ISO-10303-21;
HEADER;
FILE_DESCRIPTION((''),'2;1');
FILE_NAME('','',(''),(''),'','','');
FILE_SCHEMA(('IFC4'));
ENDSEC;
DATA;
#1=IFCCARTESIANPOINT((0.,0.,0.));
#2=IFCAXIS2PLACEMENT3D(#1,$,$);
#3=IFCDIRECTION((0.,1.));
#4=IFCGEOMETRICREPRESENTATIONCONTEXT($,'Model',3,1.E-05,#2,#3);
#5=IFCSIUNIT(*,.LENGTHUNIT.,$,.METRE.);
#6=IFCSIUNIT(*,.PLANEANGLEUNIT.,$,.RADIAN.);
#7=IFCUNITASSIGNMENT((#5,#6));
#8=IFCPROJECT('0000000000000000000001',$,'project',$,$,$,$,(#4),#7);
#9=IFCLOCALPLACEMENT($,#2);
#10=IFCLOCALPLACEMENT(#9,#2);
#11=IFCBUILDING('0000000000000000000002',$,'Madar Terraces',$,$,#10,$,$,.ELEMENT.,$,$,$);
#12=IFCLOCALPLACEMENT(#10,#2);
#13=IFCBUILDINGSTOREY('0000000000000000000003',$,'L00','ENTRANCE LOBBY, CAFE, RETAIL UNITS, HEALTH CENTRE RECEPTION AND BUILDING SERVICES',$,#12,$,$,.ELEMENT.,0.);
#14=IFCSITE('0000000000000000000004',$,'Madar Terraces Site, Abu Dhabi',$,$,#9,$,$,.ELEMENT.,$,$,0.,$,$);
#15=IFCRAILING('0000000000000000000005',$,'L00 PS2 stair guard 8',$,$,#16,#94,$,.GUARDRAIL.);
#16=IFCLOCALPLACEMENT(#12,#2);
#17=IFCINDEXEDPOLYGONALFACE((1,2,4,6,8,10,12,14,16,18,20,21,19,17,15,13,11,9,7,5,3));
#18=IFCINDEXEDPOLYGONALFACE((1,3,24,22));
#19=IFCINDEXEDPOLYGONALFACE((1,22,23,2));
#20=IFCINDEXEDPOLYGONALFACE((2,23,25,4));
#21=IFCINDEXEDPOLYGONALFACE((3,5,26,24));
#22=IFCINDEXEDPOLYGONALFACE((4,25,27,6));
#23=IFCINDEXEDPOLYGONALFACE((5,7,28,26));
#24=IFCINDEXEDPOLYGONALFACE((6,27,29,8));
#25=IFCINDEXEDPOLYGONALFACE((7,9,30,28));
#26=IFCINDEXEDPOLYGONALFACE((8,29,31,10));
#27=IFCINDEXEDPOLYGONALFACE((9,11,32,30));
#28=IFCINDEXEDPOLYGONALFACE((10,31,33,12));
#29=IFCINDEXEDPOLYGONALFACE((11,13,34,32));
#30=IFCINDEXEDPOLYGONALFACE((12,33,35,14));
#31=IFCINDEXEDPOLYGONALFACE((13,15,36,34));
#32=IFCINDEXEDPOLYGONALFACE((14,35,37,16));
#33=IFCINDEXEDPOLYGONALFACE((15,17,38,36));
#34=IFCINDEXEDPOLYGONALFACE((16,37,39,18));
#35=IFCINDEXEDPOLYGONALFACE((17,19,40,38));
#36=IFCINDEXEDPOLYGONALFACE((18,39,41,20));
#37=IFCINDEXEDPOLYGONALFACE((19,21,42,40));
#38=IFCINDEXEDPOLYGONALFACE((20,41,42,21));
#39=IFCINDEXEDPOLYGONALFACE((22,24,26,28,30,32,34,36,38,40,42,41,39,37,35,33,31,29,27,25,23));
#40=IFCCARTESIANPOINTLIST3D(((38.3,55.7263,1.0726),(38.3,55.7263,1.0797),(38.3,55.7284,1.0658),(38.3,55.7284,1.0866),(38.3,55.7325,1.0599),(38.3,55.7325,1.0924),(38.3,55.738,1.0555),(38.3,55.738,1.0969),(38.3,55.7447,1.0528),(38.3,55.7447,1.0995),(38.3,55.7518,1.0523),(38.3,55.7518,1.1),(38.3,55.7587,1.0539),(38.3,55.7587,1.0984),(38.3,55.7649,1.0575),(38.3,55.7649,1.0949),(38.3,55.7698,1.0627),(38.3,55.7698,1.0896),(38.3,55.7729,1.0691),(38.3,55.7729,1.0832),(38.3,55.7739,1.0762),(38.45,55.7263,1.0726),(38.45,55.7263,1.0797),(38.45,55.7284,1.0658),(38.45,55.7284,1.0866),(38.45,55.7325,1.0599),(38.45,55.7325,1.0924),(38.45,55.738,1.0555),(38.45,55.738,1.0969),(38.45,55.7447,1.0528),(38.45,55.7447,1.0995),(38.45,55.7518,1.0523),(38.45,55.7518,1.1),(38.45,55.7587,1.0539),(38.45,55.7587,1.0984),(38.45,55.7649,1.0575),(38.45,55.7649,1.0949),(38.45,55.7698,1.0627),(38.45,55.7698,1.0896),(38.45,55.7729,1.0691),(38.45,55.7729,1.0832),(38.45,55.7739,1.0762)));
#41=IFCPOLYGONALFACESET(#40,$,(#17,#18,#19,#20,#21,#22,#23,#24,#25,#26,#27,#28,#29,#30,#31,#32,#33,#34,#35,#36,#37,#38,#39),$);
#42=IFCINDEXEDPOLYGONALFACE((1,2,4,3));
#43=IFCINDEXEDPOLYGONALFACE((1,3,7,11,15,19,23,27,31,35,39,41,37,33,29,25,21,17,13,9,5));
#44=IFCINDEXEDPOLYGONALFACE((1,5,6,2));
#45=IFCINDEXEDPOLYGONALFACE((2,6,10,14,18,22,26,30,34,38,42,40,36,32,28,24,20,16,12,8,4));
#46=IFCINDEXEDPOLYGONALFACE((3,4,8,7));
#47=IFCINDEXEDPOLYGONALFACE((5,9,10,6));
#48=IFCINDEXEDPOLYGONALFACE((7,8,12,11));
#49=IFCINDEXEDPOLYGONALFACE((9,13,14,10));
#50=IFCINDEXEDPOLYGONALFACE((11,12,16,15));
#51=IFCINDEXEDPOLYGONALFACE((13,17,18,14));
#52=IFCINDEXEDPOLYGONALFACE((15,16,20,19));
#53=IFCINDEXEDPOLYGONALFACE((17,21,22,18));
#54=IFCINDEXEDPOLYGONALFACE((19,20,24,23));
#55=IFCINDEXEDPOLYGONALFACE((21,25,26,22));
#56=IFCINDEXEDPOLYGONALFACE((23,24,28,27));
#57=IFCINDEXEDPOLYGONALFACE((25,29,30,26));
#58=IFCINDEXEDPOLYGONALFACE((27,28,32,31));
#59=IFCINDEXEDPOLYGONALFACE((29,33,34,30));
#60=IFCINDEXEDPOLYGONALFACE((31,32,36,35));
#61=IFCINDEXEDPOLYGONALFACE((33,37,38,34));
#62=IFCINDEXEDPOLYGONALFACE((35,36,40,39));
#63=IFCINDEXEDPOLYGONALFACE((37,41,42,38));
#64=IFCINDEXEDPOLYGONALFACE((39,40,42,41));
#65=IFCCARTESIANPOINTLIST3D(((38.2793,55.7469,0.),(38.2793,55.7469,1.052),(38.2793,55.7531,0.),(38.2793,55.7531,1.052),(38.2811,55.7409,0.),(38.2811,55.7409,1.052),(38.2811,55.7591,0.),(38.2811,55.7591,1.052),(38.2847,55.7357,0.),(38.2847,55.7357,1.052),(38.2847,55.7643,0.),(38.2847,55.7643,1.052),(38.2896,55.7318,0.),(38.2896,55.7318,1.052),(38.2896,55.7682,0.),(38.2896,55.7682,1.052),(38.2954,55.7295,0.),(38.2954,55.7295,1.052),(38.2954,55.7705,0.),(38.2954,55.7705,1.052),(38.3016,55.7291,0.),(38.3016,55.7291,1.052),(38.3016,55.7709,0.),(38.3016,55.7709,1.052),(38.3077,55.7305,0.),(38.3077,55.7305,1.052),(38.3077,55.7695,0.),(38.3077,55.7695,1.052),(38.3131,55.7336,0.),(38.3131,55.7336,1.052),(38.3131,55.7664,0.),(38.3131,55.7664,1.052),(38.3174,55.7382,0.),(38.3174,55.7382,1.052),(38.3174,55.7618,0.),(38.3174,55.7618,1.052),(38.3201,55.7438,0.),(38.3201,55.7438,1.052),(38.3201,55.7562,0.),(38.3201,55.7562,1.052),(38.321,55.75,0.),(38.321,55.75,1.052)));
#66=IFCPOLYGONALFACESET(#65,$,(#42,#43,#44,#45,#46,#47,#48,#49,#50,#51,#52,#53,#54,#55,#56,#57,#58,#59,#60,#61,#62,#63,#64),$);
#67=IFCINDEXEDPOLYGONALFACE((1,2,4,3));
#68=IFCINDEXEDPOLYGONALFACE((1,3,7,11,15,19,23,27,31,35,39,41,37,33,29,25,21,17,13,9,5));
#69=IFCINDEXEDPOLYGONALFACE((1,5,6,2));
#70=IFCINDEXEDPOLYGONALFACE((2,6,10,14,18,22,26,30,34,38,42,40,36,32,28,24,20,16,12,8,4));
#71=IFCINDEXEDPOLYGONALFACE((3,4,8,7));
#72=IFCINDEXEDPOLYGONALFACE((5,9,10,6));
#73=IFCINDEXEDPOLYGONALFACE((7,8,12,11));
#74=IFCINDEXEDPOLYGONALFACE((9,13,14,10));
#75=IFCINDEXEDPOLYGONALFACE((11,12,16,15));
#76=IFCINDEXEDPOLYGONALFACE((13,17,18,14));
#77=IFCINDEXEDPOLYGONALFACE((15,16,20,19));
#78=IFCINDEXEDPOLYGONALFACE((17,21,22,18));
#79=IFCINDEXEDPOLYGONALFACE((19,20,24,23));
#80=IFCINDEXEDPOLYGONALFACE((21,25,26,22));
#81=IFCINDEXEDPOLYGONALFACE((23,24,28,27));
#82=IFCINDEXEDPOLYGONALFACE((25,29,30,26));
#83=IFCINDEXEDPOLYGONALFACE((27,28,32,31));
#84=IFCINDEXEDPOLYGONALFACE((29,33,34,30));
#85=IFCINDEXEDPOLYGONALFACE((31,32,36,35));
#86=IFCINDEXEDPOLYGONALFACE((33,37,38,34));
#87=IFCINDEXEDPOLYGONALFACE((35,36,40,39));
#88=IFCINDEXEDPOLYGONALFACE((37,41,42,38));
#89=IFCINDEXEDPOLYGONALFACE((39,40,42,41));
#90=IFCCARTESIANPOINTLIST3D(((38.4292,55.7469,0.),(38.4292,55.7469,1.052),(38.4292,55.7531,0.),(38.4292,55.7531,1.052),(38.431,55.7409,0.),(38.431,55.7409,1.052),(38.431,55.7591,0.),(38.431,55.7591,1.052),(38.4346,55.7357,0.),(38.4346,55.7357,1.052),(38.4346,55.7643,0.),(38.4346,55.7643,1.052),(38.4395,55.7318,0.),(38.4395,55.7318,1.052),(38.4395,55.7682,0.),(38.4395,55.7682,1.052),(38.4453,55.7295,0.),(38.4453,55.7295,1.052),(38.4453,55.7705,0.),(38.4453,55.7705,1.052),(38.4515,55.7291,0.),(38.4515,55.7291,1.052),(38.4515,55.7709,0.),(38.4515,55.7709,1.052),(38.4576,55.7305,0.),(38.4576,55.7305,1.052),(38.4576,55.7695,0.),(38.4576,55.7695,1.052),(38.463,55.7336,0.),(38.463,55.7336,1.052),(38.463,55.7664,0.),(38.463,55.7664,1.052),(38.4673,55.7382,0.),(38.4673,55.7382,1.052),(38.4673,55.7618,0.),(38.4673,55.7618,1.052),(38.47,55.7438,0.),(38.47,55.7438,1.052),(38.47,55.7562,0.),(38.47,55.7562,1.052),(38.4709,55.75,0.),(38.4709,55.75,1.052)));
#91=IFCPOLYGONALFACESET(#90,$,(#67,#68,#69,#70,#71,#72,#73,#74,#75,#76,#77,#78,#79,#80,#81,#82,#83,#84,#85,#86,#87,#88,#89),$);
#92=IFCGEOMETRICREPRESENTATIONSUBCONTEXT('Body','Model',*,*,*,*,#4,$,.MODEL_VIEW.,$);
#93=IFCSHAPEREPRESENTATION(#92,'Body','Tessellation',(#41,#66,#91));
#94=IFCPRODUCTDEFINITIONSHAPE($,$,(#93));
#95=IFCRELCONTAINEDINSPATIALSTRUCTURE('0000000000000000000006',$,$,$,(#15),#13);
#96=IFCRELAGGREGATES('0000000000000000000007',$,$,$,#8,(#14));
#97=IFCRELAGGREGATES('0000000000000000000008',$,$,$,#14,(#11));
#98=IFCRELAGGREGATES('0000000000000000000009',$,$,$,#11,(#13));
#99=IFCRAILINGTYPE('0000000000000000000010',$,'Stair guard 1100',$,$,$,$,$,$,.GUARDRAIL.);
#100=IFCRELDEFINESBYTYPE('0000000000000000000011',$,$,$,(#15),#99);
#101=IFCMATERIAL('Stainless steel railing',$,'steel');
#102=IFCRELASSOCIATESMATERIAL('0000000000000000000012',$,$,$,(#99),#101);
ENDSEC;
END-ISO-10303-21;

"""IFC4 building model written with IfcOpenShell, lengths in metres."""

from ifc_helpers import new_model, si_unit, direction, frame, origin, origin_2d, place, context, subcontext, project, spatial, circle, extrude, material, type_object, element, save


model = new_model("IFC4")

# Units and contexts
model_context = context("Model", 3, precision=1e-05, world=origin(), true_north=direction((0.0, 1.0)))
body_context = subcontext(model_context, "Body", "Model", "MODEL_VIEW")
ifc_project = project(units=[si_unit("LENGTHUNIT", "METRE"), si_unit("PLANEANGLEUNIT", "RADIAN")], contexts=[model_context])

# Site, building, storey
site_placement = place(None, origin())
site = spatial("IfcSite", under=ifc_project, at=site_placement, Name="Madar Terraces Site, Abu Dhabi", CompositionType="ELEMENT", RefElevation=0.0)
building_placement = place(site_placement, origin())
building = spatial("IfcBuilding", under=site, at=building_placement, Name="Madar Terraces", CompositionType="ELEMENT")
storey_placement = place(building_placement, origin())
storey = spatial("IfcBuildingStorey", under=building, at=storey_placement, Name="L00", Description="ENTRANCE LOBBY, CAFE, RETAIL UNITS, HEALTH CENTRE RECEPTION AND BUILDING SERVICES", CompositionType="ELEMENT", Elevation=0.0)

# Railing
ifc_material_1 = material(Name="Stainless steel railing", Category="steel")
railing_type_1 = type_object("IfcRailingType", Name="Stair guard 1100", PredefinedType="GUARDRAIL", material=ifc_material_1)
railing_1_placement = place(storey_placement, frame((38.3, 55.75, 0.0)))
element("IfcRailing", 1, at=railing_1_placement, inside=storey, type_object=railing_type_1, Name="L00 PS2 stair guard 8", PredefinedType="GUARDRAIL", context=body_context, shape_type="SweptSolid", body=[
    extrude(circle(Radius=0.0239, at=origin_2d()), frame((0.0, 0.0, 1.0762), z_axis=(1.0, 0.0, 0.0), x_axis=(0.0, 1.0, 0.0)), (0.0, 0.0, 1.0), 0.1499),
    extrude(circle(Radius=0.021, at=origin_2d()), origin(), (0.0, 0.0, 1.0), 1.052),
    extrude(circle(Radius=0.021, at=origin_2d()), frame((0.1499, 0.0, 0.0)), (0.0, 0.0, 1.0), 1.052),
])

save(model, "model.ifc")
